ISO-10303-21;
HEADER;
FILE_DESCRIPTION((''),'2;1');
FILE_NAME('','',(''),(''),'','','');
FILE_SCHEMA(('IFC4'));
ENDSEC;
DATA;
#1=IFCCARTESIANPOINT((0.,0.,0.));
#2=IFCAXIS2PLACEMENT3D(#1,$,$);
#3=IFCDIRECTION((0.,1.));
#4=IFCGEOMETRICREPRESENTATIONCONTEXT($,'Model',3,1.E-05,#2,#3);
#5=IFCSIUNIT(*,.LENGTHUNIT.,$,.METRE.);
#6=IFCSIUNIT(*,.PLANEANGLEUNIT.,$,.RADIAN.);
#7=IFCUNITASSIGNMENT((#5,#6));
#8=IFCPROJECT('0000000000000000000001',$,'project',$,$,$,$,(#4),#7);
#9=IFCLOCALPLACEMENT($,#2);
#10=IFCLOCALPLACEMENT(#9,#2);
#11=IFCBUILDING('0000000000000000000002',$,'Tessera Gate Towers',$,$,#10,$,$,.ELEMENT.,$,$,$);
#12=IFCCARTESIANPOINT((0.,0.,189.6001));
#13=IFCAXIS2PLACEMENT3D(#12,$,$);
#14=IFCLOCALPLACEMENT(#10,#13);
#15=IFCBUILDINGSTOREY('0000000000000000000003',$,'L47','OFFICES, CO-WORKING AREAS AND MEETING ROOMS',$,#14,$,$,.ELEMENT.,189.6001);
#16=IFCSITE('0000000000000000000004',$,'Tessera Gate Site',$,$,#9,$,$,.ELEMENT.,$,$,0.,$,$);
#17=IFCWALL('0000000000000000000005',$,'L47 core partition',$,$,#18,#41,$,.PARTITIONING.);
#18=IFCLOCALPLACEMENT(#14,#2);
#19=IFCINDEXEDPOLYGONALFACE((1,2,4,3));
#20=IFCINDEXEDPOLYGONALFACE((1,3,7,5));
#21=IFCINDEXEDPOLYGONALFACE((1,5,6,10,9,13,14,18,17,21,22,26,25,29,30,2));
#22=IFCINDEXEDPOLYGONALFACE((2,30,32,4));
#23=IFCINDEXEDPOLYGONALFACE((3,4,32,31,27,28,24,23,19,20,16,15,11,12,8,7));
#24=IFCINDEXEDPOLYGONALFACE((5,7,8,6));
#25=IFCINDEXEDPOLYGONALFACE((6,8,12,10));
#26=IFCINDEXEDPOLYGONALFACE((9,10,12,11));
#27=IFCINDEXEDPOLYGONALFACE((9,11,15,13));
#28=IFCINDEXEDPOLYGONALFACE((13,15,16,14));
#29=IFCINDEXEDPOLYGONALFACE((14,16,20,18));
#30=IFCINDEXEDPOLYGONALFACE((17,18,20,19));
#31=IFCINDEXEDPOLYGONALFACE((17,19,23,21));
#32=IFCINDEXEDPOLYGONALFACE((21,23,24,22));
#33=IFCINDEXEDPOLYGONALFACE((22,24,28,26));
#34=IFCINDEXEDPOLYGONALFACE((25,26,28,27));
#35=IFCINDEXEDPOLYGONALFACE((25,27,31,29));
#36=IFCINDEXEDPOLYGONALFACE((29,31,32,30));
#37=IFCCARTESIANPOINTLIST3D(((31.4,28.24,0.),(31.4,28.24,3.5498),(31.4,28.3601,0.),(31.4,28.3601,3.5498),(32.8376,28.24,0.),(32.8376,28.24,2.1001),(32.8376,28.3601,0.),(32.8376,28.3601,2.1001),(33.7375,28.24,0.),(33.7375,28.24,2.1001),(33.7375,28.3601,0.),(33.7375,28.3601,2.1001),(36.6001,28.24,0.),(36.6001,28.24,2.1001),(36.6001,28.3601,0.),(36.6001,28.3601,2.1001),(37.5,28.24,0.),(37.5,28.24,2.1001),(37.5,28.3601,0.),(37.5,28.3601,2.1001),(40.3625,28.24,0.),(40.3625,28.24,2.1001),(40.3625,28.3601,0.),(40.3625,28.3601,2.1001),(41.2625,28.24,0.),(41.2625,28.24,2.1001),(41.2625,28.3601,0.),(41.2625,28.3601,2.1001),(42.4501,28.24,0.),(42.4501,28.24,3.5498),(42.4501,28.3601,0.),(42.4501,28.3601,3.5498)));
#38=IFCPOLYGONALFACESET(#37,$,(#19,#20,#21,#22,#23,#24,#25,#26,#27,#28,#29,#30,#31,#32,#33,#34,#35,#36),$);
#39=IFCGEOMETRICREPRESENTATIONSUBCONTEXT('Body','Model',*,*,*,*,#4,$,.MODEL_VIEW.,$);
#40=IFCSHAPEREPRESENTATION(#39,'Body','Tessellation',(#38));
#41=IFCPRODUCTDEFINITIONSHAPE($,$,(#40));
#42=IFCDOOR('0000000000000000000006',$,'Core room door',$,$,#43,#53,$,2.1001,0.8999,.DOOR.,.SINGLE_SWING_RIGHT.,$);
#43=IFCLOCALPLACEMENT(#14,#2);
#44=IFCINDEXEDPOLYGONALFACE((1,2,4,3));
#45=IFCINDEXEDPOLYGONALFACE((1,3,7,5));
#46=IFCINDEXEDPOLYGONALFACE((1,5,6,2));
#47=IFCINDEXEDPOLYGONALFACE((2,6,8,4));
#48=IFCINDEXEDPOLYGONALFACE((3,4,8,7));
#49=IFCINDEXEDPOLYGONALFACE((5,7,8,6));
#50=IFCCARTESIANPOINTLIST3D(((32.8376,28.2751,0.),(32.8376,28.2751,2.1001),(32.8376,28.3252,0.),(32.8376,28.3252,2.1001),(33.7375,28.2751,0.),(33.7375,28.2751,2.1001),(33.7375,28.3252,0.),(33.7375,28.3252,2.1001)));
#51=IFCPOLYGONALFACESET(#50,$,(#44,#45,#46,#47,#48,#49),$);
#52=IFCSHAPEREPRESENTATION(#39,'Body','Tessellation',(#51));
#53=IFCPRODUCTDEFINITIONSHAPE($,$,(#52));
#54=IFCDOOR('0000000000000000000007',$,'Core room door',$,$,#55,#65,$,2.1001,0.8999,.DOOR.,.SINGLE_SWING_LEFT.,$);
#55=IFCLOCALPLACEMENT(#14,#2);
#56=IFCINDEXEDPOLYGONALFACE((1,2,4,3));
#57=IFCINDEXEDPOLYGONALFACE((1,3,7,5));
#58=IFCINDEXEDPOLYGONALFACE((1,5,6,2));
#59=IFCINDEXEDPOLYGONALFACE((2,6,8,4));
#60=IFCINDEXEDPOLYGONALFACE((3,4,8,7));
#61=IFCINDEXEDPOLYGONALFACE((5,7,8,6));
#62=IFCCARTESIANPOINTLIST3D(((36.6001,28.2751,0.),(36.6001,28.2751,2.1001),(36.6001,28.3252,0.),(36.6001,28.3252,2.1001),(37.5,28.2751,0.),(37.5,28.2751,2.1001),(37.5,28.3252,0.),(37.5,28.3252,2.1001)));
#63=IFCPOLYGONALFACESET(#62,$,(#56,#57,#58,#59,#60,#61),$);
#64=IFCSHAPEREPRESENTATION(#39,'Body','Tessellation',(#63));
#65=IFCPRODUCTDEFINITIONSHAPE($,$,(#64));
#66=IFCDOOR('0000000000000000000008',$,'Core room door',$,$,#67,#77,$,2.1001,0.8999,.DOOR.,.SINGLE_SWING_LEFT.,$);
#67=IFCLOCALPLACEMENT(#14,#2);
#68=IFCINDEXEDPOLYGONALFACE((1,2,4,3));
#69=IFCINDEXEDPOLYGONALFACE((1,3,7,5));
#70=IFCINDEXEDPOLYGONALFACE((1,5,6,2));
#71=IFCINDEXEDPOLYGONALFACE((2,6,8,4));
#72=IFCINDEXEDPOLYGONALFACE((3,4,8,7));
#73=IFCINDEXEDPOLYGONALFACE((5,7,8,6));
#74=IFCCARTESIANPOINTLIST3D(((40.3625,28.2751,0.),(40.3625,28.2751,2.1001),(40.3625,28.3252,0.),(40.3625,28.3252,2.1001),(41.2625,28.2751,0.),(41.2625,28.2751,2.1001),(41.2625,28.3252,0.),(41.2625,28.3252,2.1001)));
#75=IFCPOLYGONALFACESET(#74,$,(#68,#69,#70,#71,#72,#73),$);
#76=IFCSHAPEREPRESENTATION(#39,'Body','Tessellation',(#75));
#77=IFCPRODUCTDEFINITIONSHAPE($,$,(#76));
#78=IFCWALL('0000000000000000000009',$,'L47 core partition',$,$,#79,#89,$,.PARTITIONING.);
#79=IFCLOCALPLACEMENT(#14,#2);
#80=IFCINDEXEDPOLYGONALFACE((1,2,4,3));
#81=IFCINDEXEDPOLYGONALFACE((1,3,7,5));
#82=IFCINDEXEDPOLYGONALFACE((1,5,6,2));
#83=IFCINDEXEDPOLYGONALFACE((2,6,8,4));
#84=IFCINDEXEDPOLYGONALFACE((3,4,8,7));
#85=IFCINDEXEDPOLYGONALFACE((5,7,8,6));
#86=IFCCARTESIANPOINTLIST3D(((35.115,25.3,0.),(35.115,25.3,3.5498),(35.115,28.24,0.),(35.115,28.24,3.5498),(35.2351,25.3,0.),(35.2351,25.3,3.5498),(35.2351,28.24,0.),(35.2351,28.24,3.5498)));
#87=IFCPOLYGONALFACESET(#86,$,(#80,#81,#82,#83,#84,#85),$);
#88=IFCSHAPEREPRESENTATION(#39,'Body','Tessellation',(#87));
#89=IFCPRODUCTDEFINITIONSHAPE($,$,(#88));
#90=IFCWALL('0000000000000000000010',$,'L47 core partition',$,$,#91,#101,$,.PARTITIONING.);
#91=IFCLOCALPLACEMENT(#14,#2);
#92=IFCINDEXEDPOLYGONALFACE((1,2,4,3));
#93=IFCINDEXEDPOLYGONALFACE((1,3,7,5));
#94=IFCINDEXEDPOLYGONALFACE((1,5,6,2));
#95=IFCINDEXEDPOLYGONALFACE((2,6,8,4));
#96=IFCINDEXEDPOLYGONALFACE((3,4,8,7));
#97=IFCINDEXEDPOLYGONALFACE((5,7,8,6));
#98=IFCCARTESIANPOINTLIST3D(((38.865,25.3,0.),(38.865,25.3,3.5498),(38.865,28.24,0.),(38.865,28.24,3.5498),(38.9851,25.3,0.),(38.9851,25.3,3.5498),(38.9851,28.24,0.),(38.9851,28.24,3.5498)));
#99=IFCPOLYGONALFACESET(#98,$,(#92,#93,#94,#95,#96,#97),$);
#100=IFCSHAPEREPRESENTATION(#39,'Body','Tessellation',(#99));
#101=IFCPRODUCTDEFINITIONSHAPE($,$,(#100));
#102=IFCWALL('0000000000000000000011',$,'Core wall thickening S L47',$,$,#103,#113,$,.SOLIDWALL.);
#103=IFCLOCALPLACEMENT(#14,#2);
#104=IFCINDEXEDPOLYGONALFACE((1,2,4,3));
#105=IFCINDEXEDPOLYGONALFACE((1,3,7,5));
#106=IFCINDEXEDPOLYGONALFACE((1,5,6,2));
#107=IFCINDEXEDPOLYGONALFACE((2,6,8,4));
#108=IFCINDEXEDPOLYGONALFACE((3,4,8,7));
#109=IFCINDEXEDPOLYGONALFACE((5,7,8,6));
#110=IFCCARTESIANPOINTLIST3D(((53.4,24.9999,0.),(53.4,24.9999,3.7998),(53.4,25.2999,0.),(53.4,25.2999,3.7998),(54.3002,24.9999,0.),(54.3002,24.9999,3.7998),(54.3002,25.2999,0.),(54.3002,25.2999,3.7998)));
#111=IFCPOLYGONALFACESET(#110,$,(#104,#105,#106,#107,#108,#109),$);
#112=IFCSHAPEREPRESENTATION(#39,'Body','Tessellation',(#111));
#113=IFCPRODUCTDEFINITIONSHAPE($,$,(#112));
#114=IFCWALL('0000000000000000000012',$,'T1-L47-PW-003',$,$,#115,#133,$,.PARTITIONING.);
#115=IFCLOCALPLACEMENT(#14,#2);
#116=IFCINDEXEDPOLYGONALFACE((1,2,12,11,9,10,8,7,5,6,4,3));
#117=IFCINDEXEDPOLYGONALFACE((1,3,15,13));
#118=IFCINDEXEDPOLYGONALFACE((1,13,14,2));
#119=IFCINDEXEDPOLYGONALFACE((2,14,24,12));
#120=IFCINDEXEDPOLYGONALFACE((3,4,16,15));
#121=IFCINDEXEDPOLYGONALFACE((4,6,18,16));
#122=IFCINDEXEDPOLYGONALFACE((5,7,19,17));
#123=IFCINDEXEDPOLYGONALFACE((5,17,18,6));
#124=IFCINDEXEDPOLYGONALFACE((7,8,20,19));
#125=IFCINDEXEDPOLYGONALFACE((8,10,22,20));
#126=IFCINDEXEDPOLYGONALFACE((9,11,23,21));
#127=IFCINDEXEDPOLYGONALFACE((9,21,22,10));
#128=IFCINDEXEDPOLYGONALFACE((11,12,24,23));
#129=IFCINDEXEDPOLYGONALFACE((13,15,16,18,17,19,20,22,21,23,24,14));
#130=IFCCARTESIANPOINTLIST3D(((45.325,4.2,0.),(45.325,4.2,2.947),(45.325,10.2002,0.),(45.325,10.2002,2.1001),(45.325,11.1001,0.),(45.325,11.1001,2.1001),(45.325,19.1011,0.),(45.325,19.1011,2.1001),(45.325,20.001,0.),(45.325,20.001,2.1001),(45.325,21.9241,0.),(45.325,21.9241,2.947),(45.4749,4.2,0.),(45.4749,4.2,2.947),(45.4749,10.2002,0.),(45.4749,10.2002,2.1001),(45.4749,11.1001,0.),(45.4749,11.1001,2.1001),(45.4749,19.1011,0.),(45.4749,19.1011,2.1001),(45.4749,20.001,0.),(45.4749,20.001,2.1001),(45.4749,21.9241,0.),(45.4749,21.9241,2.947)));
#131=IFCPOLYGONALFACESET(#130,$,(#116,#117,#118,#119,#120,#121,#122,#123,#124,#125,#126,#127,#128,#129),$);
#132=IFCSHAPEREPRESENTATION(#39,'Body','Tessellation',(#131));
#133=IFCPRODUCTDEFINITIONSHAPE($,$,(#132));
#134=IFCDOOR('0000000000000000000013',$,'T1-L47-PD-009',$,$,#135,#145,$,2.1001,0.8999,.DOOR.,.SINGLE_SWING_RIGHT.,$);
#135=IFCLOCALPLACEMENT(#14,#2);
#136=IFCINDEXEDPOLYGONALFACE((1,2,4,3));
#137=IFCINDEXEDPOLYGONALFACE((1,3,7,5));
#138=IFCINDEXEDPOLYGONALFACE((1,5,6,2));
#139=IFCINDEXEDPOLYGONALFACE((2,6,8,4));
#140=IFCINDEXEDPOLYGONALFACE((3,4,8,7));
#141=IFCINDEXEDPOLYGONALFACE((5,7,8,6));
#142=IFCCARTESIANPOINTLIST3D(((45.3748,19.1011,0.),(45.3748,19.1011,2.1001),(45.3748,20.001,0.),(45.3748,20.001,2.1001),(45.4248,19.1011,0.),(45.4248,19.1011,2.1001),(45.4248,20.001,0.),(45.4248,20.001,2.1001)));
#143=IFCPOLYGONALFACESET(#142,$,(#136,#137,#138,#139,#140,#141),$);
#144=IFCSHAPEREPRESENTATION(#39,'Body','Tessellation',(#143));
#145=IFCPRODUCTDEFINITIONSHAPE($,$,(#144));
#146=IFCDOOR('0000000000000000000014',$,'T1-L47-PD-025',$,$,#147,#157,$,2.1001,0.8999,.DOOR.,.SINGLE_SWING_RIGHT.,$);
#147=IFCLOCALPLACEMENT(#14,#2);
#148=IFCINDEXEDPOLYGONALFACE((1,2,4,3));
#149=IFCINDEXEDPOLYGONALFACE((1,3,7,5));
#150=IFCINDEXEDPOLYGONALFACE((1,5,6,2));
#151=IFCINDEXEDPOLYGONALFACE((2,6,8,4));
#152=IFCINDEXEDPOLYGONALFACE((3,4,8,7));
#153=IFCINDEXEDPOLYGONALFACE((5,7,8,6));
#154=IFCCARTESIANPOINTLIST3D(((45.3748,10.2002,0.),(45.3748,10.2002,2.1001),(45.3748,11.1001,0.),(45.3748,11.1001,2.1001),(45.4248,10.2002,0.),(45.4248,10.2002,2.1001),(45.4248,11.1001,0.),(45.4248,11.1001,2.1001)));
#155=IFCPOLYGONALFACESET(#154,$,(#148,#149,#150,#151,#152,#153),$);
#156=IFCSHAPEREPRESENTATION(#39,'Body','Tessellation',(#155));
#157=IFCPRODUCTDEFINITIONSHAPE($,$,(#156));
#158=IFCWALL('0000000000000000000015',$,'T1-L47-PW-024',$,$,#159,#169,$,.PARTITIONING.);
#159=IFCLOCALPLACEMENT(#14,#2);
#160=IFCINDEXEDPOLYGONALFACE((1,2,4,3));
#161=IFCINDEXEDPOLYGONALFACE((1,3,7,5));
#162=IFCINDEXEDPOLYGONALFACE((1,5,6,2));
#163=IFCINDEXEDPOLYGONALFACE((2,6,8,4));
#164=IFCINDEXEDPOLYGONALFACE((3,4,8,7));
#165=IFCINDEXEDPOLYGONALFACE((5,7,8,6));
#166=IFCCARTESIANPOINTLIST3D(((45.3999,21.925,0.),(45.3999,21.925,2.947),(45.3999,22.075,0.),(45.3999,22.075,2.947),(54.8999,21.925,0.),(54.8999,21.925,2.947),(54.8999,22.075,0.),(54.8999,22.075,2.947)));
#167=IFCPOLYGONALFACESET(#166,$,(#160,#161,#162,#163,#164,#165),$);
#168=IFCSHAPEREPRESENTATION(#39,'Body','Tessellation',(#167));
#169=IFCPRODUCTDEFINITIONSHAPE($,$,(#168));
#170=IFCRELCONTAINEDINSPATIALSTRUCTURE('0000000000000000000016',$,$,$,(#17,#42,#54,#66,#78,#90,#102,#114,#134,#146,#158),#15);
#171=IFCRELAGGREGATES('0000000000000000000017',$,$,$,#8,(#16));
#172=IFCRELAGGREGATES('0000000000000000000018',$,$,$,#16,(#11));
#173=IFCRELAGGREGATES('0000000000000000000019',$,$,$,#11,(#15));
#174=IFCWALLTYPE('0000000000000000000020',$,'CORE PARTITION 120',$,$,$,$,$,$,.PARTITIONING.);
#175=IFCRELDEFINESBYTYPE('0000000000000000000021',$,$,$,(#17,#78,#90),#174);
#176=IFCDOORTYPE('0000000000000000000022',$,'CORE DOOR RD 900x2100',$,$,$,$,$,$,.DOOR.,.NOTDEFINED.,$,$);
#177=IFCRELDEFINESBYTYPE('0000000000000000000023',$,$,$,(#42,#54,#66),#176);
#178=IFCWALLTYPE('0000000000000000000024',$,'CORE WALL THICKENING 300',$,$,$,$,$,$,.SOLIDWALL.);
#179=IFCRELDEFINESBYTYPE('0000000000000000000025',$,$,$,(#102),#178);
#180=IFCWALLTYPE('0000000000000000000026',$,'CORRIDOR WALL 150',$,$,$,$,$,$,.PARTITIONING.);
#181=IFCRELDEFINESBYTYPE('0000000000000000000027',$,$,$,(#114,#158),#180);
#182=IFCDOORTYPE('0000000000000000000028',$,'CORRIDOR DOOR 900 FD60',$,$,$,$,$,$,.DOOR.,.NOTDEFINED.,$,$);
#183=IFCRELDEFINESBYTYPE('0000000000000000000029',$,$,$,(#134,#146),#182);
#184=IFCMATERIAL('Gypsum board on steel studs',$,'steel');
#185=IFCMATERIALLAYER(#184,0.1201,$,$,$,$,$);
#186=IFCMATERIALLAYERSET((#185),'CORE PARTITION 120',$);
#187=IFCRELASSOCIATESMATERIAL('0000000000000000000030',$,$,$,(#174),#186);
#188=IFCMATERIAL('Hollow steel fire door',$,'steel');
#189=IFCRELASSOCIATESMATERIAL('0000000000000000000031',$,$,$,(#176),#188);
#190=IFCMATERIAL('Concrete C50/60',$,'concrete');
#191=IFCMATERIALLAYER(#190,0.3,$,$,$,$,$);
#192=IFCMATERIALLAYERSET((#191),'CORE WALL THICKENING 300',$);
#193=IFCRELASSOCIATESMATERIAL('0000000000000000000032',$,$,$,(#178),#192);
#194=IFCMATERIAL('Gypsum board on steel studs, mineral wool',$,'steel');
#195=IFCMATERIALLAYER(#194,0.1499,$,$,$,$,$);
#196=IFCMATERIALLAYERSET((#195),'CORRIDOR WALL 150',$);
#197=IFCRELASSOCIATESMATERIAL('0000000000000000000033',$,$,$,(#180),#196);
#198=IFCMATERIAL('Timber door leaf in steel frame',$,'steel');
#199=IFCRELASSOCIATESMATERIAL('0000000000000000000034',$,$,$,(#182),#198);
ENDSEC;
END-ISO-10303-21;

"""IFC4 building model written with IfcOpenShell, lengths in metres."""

from ifc_helpers import new_model, si_unit, direction, frame, frame_2d, origin, place, context, subcontext, project, spatial, rectangle, extrude, source, transform, mapped, material, layer, layer_set, type_object, element, fill, save


model = new_model("IFC4")

# Units and contexts
model_context = context("Model", 3, precision=1e-05, world=origin(), true_north=direction((0.0, 1.0)))
body_context = subcontext(model_context, "Body", "Model", "MODEL_VIEW")
ifc_project = project(units=[si_unit("LENGTHUNIT", "METRE"), si_unit("PLANEANGLEUNIT", "RADIAN")], contexts=[model_context])

# Site, building, storey
site_placement = place(None, origin())
site = spatial("IfcSite", under=ifc_project, at=site_placement, Name="Tessera Gate Site", CompositionType="ELEMENT", RefElevation=0.0)
building_placement = place(site_placement, origin())
building = spatial("IfcBuilding", under=site, at=building_placement, Name="Tessera Gate Towers", CompositionType="ELEMENT")
storey_placement = place(building_placement, frame((0.0, 0.0, 189.6001)))
storey = spatial("IfcBuildingStorey", under=building, at=storey_placement, Name="L47", Description="OFFICES, CO-WORKING AREAS AND MEETING ROOMS", CompositionType="ELEMENT", Elevation=189.6001)

# Wall, openings, doors
ifc_material_1 = material(Name="Gypsum board on steel studs", Category="steel")
ifc_layer_1 = layer(ifc_material_1, 0.1201)
ifc_layer_set_1 = layer_set([ifc_layer_1], Name="CORE PARTITION 120")
wall_type_1 = type_object("IfcWallType", Name="CORE PARTITION 120", PredefinedType="PARTITIONING", material=ifc_layer_set_1)
wall_1_placement = place(storey_placement, frame((42.45, 28.3, 0.0), z_axis=(0.0, 0.0, 1.0), x_axis=(-1.0, 0.0, 0.0)))
wall_1 = element("IfcWall", 1, at=wall_1_placement, inside=storey, type_object=wall_type_1, Name="L47 core partition", PredefinedType="PARTITIONING", context=body_context, shape_type="SweptSolid", body=[
    extrude(rectangle(XDim=11.05, YDim=0.1201, at=frame_2d((5.5249, 0.0))), origin(), (0.0, 0.0, 1.0), 3.5498),
])
shared_shape_1 = source(origin(), body_context, "Body", "SweptSolid", [
    extrude(rectangle(XDim=0.8999, YDim=2.1001, at=frame_2d((0.45, 1.05))), frame((0.0, 0.0701, 0.0), z_axis=(0.0, -1.0, 0.0), x_axis=(1.0, 0.0, 0.0)), (0.0, 0.0, 1.0), 0.1401),
])
opening_1_placement = place(wall_1_placement, frame((8.7124, 0.0, 0.0)))
opening_1 = element("IfcOpeningElement", 2, at=opening_1_placement, cuts=wall_1, PredefinedType="OPENING", context=body_context, shape_type="MappedRepresentation", body=[
    mapped(shared_shape_1, transform((0.0, 0.0, 0.0), scale=1.0)),
])
opening_2_placement = place(wall_1_placement, frame((4.95, 0.0, 0.0)))
opening_2 = element("IfcOpeningElement", 3, at=opening_2_placement, cuts=wall_1, PredefinedType="OPENING", context=body_context, shape_type="MappedRepresentation", body=[
    mapped(shared_shape_1, transform((0.0, 0.0, 0.0), scale=1.0)),
])
opening_3_placement = place(wall_1_placement, frame((1.1875, 0.0, 0.0)))
opening_3 = element("IfcOpeningElement", 4, at=opening_3_placement, cuts=wall_1, PredefinedType="OPENING", context=body_context, shape_type="MappedRepresentation", body=[
    mapped(shared_shape_1, transform((0.0, 0.0, 0.0), scale=1.0)),
])
ifc_material_2 = material(Name="Hollow steel fire door", Category="steel")
door_type_1 = type_object("IfcDoorType", Name="CORE DOOR RD 900x2100", OperationType="NOTDEFINED", PredefinedType="DOOR", material=ifc_material_2)
shared_shape_2 = source(origin(), body_context, "Body", "SweptSolid", [
    extrude(rectangle(XDim=0.8999, YDim=2.1001, at=frame_2d((0.45, 1.05))), frame((0.0, 0.0249, 0.0), z_axis=(0.0, -1.0, 0.0), x_axis=(1.0, 0.0, 0.0)), (0.0, 0.0, 1.0), 0.05),
])
door_1_placement = place(opening_1_placement, origin())
door_1 = element("IfcDoor", 5, at=door_1_placement, inside=storey, type_object=door_type_1, Name="Core room door", OperationType="SINGLE_SWING_RIGHT", OverallHeight=2.1001, OverallWidth=0.8999, PredefinedType="DOOR", context=body_context, shape_type="MappedRepresentation", body=[
    mapped(shared_shape_2, transform((0.0, 0.0, 0.0), scale=1.0)),
])
fill(opening_1, door_1)
door_2_placement = place(opening_2_placement, origin())
door_2 = element("IfcDoor", 6, at=door_2_placement, inside=storey, type_object=door_type_1, Name="Core room door", OperationType="SINGLE_SWING_LEFT", OverallHeight=2.1001, OverallWidth=0.8999, PredefinedType="DOOR", context=body_context, shape_type="MappedRepresentation", body=[
    mapped(shared_shape_2, transform((0.0, 0.0, 0.0), scale=1.0)),
])
fill(opening_2, door_2)
door_3_placement = place(opening_3_placement, origin())
door_3 = element("IfcDoor", 7, at=door_3_placement, inside=storey, type_object=door_type_1, Name="Core room door", OperationType="SINGLE_SWING_LEFT", OverallHeight=2.1001, OverallWidth=0.8999, PredefinedType="DOOR", context=body_context, shape_type="MappedRepresentation", body=[
    mapped(shared_shape_2, transform((0.0, 0.0, 0.0), scale=1.0)),
])
fill(opening_3, door_3)

# Walls
for number, where, z_axis, x_axis, name in (
    (8, (35.175, 25.3, 0.0), (0.0, 0.0, 1.0), (0.0, 1.0, 0.0), "L47 core partition"),
    (9, (38.925, 25.3, 0.0), (0.0, 0.0, 1.0), (0.0, 1.0, 0.0), "L47 core partition"),
):
    element("IfcWall", number, at=place(storey_placement, frame(where, z_axis=z_axis, x_axis=x_axis)), inside=storey, type_object=wall_type_1, Name=name, PredefinedType="PARTITIONING", context=body_context, shape_type="SweptSolid", body=[
        extrude(rectangle(XDim=2.9399, YDim=0.1201, at=frame_2d((1.47, 0.0))), origin(), (0.0, 0.0, 1.0), 3.5498),
    ])
ifc_material_3 = material(Name="Concrete C50/60", Category="concrete")
ifc_layer_2 = layer(ifc_material_3, 0.3)
ifc_layer_set_2 = layer_set([ifc_layer_2], Name="CORE WALL THICKENING 300")
wall_type_2 = type_object("IfcWallType", Name="CORE WALL THICKENING 300", PredefinedType="SOLIDWALL", material=ifc_layer_set_2)
wall_2_placement = place(storey_placement, frame((53.3999, 25.1499, 0.0), z_axis=(0.0, 0.0, 1.0), x_axis=(1.0, 0.0, 0.0)))
element("IfcWall", 10, at=wall_2_placement, inside=storey, type_object=wall_type_2, Name="Core wall thickening S L47", PredefinedType="SOLIDWALL", context=body_context, shape_type="SweptSolid", body=[
    extrude(rectangle(XDim=0.9001, YDim=0.3, at=frame_2d((0.4502, 0.0))), origin(), (0.0, 0.0, 1.0), 3.7998),
])

# Wall, openings, doors
ifc_material_4 = material(Name="Gypsum board on steel studs, mineral wool", Category="steel")
ifc_layer_3 = layer(ifc_material_4, 0.1499)
ifc_layer_set_3 = layer_set([ifc_layer_3], Name="CORRIDOR WALL 150")
wall_type_3 = type_object("IfcWallType", Name="CORRIDOR WALL 150", PredefinedType="PARTITIONING", material=ifc_layer_set_3)
wall_3_placement = place(storey_placement, frame((45.3999, 21.9241, 0.0), z_axis=(0.0, 0.0, 1.0), x_axis=(0.0, -1.0, 0.0)))
wall_3 = element("IfcWall", 11, at=wall_3_placement, inside=storey, type_object=wall_type_3, Name="T1-L47-PW-003", PredefinedType="PARTITIONING", context=body_context, shape_type="SweptSolid", body=[
    extrude(rectangle(XDim=17.7241, YDim=0.1499, at=frame_2d((8.8621, 0.0))), origin(), (0.0, 0.0, 1.0), 2.947),
])
shared_shape_3 = source(origin(), body_context, "Body", "SweptSolid", [
    extrude(rectangle(XDim=0.8999, YDim=2.1001, at=frame_2d((0.45, 1.05))), frame((0.0, 0.085, 0.0), z_axis=(0.0, -1.0, 0.0), x_axis=(1.0, 0.0, 0.0)), (0.0, 0.0, 1.0), 0.1699),
])
opening_4_placement = place(wall_3_placement, frame((1.9231, 0.0, 0.0)))
opening_4 = element("IfcOpeningElement", 12, at=opening_4_placement, cuts=wall_3, PredefinedType="OPENING", context=body_context, shape_type="MappedRepresentation", body=[
    mapped(shared_shape_3, transform((0.0, 0.0, 0.0), scale=1.0)),
])
opening_5_placement = place(wall_3_placement, frame((10.824, 0.0, 0.0)))
opening_5 = element("IfcOpeningElement", 13, at=opening_5_placement, cuts=wall_3, PredefinedType="OPENING", context=body_context, shape_type="MappedRepresentation", body=[
    mapped(shared_shape_3, transform((0.0, 0.0, 0.0), scale=1.0)),
])
ifc_material_5 = material(Name="Timber door leaf in steel frame", Category="steel")
door_type_2 = type_object("IfcDoorType", Name="CORRIDOR DOOR 900 FD60", OperationType="NOTDEFINED", PredefinedType="DOOR", material=ifc_material_5)
door_4_placement = place(opening_4_placement, origin())
door_4 = element("IfcDoor", 14, at=door_4_placement, inside=storey, type_object=door_type_2, Name="T1-L47-PD-009", OperationType="SINGLE_SWING_RIGHT", OverallHeight=2.1001, OverallWidth=0.8999, PredefinedType="DOOR", context=body_context, shape_type="MappedRepresentation", body=[
    mapped(shared_shape_2, transform((0.0, 0.0, 0.0), scale=1.0)),
])
fill(opening_4, door_4)
door_5_placement = place(opening_5_placement, origin())
door_5 = element("IfcDoor", 15, at=door_5_placement, inside=storey, type_object=door_type_2, Name="T1-L47-PD-025", OperationType="SINGLE_SWING_RIGHT", OverallHeight=2.1001, OverallWidth=0.8999, PredefinedType="DOOR", context=body_context, shape_type="MappedRepresentation", body=[
    mapped(shared_shape_2, transform((0.0, 0.0, 0.0), scale=1.0)),
])
fill(opening_5, door_5)

# Wall
wall_4_placement = place(storey_placement, frame((45.3999, 22.0, 0.0), z_axis=(0.0, 0.0, 1.0), x_axis=(1.0, 0.0, 0.0)))
element("IfcWall", 16, at=wall_4_placement, inside=storey, type_object=wall_type_3, Name="T1-L47-PW-024", PredefinedType="PARTITIONING", context=body_context, shape_type="SweptSolid", body=[
    extrude(rectangle(XDim=9.5, YDim=0.1499, at=frame_2d((4.75, 0.0))), origin(), (0.0, 0.0, 1.0), 2.947),
])

save(model, "model.ifc")
